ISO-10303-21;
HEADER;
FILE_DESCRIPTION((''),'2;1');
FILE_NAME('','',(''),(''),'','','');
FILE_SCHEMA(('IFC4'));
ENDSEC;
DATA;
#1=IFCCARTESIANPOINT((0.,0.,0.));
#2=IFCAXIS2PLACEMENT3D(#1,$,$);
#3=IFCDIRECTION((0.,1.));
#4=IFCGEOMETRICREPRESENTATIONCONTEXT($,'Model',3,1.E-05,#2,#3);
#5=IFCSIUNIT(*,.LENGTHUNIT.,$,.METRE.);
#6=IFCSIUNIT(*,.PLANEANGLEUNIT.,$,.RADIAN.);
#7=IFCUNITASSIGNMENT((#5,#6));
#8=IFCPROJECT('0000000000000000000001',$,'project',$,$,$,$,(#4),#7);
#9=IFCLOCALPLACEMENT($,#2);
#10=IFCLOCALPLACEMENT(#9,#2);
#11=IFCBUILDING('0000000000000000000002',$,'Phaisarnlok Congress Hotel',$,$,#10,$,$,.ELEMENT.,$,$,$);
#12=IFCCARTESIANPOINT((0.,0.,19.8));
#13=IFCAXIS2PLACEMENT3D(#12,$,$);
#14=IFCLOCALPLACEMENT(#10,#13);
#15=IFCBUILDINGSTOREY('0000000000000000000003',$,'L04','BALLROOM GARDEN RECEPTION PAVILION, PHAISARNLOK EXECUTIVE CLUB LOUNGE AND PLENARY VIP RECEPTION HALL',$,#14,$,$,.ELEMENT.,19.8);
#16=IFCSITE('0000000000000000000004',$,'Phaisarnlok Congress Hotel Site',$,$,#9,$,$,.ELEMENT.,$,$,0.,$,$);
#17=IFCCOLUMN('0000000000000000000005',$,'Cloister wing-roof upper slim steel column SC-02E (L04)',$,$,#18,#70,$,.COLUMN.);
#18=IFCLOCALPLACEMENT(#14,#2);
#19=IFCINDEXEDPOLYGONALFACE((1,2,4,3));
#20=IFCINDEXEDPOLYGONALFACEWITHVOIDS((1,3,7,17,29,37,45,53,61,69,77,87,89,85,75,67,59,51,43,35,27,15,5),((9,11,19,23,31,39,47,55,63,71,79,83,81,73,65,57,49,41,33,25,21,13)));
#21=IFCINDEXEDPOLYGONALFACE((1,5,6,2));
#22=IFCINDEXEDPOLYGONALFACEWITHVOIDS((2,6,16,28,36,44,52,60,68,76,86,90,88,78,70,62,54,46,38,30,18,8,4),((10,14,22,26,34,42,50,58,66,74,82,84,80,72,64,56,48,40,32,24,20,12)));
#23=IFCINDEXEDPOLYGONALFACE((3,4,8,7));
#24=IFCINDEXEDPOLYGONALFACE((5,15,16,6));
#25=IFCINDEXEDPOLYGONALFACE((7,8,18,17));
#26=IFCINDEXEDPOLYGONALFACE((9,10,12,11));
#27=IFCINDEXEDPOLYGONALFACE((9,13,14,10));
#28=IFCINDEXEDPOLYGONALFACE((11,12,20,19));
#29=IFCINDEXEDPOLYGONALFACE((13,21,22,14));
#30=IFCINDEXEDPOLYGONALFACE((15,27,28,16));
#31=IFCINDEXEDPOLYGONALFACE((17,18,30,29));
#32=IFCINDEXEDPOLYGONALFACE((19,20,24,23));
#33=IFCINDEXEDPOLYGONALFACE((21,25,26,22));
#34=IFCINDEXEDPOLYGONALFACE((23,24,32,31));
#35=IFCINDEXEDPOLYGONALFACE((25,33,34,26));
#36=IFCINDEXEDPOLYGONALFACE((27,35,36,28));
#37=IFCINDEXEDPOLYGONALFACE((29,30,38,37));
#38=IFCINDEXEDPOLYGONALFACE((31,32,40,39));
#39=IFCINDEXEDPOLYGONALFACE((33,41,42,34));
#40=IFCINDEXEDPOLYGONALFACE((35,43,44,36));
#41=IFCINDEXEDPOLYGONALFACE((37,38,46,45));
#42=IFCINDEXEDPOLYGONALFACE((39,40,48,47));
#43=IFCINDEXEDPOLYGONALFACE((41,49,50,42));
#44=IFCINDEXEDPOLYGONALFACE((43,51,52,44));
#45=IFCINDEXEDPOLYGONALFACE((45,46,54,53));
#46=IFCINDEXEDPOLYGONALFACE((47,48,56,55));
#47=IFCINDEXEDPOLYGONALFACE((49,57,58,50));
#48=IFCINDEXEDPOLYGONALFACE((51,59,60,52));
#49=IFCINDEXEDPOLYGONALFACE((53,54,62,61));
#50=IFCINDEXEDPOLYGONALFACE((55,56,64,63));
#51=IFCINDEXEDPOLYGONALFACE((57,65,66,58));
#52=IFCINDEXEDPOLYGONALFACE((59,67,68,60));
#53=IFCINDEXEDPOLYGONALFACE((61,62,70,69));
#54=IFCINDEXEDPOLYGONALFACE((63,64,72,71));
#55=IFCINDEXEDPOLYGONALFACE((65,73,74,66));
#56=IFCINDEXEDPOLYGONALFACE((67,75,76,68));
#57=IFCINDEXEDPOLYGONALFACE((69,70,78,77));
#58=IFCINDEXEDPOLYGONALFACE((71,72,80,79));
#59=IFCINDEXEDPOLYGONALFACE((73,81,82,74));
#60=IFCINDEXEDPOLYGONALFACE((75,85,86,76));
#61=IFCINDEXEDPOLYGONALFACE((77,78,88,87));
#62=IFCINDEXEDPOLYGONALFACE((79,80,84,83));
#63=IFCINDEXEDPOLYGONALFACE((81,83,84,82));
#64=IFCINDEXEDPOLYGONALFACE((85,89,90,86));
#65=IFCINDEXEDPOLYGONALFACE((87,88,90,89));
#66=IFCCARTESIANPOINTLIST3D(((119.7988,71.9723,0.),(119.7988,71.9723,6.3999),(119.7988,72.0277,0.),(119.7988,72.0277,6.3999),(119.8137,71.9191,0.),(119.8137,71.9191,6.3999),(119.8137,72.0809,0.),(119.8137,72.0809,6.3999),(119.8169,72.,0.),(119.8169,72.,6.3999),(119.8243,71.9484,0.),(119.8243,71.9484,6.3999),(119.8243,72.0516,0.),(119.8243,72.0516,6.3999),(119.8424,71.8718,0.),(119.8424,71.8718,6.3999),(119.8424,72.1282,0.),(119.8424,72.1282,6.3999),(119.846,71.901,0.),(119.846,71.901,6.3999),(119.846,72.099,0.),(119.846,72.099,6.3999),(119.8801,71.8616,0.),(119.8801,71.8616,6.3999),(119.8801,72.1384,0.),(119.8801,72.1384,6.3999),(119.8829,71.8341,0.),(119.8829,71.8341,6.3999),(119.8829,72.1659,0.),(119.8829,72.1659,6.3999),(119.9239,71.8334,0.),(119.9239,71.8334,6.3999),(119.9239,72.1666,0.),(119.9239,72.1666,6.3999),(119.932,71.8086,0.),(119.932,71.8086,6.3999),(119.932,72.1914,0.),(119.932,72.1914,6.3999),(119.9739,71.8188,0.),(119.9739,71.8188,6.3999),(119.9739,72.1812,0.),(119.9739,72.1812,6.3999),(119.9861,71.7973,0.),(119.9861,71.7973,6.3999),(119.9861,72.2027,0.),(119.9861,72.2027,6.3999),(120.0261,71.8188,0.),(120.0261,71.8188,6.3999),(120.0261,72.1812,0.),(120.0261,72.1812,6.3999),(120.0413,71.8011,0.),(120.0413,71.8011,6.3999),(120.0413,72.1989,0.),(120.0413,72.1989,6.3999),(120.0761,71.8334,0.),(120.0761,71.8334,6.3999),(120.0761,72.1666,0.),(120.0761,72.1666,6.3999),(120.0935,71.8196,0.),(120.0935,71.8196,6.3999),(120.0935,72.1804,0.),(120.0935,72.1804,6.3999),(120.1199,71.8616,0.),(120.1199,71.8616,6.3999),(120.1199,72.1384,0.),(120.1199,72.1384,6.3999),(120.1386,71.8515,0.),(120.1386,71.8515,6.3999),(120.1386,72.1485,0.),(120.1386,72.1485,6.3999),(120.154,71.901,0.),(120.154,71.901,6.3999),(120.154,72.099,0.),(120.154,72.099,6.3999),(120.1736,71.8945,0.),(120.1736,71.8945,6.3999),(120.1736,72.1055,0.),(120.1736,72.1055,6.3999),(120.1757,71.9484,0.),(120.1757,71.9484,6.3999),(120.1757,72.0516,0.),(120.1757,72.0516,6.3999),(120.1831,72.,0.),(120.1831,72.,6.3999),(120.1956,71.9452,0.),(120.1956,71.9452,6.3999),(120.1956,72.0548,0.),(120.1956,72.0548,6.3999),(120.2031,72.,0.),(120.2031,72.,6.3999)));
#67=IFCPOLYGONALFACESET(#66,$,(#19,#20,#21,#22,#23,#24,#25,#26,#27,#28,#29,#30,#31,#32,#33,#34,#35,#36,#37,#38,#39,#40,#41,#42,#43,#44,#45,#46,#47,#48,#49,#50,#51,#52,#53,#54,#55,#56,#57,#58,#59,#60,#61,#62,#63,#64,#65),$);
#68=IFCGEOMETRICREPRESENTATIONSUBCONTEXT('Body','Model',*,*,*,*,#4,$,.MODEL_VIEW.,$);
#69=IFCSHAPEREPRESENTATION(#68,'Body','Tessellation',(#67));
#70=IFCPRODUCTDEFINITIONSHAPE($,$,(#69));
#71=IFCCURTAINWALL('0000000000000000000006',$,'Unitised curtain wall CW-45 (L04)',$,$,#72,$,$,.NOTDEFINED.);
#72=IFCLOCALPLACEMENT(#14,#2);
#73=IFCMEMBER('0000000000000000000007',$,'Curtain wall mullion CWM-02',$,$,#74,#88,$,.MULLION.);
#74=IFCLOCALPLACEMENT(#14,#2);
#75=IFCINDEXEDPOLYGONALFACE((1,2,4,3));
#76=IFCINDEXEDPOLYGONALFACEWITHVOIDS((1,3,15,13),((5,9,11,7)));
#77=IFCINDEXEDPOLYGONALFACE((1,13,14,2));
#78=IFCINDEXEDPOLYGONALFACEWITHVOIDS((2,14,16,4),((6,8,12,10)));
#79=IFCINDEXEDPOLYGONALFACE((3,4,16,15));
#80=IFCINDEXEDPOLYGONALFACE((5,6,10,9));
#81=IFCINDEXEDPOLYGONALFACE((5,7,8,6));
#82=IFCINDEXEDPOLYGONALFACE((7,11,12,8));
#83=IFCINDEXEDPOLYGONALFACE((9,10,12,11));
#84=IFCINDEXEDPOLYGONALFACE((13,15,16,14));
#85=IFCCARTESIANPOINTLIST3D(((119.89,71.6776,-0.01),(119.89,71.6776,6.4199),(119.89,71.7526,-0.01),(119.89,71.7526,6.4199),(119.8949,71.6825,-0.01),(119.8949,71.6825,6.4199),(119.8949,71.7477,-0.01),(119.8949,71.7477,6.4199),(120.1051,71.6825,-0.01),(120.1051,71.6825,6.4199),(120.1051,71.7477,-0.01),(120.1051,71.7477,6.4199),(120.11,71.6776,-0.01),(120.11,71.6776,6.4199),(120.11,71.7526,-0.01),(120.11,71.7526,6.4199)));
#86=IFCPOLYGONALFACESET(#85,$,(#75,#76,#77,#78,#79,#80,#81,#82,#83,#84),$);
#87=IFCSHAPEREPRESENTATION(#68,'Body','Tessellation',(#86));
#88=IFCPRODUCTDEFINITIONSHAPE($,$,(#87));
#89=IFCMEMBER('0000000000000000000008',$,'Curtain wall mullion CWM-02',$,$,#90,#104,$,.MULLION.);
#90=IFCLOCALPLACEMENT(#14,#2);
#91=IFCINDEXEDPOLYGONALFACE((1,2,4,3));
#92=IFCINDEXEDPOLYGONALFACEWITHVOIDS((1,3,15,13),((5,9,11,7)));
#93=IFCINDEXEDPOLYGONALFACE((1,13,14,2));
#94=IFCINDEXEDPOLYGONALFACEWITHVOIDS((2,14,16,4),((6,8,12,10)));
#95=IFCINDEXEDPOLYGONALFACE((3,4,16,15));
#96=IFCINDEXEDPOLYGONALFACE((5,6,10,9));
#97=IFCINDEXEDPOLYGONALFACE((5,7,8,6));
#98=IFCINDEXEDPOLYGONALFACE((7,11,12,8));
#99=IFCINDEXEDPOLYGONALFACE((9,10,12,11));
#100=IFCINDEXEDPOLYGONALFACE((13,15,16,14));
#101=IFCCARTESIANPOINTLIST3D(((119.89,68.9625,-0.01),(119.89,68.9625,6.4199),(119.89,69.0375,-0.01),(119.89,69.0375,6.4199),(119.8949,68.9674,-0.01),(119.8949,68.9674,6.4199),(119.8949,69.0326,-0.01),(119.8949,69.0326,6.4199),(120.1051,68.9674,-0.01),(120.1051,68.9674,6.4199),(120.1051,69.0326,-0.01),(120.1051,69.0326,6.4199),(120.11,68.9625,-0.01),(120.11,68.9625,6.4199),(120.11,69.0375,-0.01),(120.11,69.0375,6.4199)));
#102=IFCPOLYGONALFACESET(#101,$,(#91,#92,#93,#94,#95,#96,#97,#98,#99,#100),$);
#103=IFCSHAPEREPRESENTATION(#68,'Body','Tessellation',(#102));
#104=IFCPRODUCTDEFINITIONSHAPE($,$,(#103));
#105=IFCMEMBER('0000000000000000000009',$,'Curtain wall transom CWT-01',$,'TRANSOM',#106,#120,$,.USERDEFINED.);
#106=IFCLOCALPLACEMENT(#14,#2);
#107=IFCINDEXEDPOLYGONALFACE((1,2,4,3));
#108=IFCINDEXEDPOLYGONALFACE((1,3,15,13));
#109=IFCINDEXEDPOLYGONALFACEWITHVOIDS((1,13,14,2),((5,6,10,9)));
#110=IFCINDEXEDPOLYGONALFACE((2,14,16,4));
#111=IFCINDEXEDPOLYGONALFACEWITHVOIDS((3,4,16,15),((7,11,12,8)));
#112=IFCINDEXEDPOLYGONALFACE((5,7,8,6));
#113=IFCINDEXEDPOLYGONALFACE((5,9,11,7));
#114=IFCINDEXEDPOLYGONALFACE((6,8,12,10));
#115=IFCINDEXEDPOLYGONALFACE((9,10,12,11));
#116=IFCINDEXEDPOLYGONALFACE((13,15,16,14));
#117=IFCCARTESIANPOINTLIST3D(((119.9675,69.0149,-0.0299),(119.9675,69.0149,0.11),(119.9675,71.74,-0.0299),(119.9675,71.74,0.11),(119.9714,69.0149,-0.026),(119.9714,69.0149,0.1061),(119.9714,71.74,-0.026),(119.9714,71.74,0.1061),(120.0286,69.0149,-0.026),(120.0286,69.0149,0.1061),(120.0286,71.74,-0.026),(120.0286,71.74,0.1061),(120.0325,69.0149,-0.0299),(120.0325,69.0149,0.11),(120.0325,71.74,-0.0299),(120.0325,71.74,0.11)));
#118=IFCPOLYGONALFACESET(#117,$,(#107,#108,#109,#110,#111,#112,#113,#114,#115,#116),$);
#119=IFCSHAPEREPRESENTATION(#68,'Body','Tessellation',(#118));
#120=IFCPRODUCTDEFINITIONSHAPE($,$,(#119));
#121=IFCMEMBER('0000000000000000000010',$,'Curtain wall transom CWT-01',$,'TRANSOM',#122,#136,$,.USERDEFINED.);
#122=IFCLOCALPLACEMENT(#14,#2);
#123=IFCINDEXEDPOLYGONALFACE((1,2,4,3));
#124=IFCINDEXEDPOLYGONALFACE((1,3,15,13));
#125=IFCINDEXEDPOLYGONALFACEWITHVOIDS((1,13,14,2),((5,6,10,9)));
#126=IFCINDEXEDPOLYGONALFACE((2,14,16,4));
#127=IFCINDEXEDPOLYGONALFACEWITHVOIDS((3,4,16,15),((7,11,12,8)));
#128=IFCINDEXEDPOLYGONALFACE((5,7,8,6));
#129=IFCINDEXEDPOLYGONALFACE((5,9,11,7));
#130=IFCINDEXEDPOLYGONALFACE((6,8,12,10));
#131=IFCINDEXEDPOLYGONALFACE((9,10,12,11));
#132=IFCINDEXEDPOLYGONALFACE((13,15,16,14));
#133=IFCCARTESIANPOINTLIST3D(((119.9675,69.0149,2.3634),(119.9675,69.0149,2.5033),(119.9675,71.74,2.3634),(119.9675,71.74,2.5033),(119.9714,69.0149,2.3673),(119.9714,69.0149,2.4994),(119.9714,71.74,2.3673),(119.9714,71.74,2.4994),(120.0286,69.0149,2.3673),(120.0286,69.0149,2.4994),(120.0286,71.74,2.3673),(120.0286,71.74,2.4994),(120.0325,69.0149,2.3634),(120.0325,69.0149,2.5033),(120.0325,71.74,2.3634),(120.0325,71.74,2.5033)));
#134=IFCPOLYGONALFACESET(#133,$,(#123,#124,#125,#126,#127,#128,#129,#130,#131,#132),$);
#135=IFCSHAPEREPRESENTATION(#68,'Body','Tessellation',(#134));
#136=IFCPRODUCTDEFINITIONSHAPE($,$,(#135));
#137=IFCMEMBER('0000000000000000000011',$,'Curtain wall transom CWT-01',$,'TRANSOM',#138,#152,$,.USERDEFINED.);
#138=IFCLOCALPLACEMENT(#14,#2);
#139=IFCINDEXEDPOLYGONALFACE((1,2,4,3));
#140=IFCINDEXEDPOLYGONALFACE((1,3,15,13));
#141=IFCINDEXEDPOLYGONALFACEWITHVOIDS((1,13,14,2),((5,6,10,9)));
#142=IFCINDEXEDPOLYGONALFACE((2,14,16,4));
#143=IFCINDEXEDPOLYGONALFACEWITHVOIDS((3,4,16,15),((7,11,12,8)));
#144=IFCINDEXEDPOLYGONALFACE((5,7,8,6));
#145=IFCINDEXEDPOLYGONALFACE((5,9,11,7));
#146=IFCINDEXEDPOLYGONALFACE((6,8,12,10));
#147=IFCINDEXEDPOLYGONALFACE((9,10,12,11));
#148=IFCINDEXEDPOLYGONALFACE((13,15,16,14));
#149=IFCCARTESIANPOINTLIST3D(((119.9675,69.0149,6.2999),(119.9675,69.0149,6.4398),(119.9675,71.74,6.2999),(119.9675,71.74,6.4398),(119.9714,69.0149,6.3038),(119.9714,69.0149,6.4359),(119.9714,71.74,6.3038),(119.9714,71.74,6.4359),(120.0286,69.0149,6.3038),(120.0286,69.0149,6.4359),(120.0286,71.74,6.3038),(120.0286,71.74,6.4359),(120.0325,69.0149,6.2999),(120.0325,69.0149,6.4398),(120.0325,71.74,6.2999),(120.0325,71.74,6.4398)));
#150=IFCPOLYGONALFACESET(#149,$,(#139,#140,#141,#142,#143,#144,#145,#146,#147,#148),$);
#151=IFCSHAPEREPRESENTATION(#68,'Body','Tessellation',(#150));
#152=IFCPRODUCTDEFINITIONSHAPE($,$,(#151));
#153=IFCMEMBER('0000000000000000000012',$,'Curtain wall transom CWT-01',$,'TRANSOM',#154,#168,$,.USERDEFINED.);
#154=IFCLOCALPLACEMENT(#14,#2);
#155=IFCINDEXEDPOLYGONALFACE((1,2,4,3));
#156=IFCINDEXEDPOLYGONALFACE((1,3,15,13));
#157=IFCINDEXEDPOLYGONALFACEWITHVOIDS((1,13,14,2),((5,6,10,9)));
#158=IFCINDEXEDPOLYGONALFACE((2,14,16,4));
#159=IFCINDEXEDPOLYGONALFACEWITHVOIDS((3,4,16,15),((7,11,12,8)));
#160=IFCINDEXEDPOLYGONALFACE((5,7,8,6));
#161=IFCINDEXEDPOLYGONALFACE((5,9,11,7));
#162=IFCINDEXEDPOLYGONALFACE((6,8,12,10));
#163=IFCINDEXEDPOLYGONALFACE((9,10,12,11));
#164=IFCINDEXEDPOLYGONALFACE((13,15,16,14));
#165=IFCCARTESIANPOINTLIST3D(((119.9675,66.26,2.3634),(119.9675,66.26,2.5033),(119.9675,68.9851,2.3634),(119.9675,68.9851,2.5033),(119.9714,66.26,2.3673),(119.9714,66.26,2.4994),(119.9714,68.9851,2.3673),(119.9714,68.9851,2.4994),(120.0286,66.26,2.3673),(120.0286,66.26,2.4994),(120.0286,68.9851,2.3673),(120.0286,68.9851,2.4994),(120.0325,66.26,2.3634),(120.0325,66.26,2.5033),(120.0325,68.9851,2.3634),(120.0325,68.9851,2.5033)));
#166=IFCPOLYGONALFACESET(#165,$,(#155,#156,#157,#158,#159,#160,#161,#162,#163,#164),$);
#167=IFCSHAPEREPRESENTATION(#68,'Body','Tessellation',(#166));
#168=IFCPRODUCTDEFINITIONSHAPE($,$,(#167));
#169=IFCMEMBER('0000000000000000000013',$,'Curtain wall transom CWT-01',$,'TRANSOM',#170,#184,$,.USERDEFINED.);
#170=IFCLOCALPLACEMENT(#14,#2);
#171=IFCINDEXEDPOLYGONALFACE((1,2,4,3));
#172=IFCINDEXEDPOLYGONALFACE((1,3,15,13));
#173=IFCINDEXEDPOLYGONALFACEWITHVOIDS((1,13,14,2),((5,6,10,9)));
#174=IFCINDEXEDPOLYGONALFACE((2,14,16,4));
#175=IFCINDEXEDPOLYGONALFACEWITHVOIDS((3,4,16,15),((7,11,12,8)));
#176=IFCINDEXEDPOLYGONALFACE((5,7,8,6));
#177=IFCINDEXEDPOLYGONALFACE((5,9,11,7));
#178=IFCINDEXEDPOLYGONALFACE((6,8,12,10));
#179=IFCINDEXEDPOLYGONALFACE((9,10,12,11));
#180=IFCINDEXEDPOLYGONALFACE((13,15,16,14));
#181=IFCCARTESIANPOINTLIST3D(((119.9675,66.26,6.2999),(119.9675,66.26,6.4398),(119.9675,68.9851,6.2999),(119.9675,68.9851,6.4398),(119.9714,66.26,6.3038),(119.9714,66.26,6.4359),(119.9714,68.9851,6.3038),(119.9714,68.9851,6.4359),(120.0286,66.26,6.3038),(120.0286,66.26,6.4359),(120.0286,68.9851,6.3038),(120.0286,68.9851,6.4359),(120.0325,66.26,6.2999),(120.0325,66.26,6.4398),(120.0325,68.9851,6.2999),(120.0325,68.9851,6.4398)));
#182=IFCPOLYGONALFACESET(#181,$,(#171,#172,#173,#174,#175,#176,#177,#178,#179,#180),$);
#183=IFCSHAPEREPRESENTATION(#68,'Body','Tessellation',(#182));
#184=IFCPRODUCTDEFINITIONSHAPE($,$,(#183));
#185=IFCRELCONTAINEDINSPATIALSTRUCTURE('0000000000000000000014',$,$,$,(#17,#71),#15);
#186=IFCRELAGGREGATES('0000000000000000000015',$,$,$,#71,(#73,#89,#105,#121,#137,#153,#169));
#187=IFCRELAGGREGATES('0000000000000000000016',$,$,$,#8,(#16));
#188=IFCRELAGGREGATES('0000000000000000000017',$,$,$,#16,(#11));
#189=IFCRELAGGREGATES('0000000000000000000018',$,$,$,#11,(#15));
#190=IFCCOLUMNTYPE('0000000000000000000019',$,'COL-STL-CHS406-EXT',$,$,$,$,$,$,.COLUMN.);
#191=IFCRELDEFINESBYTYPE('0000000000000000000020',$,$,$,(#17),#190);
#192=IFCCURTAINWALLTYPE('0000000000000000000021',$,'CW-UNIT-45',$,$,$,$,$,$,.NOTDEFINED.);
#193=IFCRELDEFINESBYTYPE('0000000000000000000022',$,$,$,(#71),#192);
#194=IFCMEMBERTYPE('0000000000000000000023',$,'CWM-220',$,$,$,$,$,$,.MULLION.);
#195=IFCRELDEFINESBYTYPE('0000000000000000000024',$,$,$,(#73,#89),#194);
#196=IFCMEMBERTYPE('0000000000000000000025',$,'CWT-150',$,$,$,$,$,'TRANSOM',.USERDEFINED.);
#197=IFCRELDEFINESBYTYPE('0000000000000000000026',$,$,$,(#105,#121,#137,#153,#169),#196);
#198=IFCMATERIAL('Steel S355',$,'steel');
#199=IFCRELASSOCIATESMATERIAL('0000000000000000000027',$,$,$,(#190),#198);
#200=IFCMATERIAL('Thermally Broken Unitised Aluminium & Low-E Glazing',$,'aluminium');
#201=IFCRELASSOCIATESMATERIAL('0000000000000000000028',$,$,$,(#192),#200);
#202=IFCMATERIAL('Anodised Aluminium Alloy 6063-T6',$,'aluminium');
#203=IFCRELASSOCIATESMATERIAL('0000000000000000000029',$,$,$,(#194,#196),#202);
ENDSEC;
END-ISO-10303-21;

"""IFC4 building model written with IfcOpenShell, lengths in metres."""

from ifc_helpers import new_model, si_unit, direction, frame, origin, origin_2d, place, context, subcontext, project, spatial, hollow_rectangle, hollow_circle, extrude, material, material_profile, profile_set, type_object, element, aggregate, save


model = new_model("IFC4")

# Units and contexts
model_context = context("Model", 3, precision=1e-05, world=origin(), true_north=direction((0.0, 1.0)))
body_context = subcontext(model_context, "Body", "Model", "MODEL_VIEW")
ifc_project = project(units=[si_unit("LENGTHUNIT", "METRE"), si_unit("PLANEANGLEUNIT", "RADIAN")], contexts=[model_context])

# Site, building, storey
site_placement = place(None, origin())
site = spatial("IfcSite", under=ifc_project, at=site_placement, Name="Phaisarnlok Congress Hotel Site", CompositionType="ELEMENT", RefElevation=0.0)
building_placement = place(site_placement, origin())
building = spatial("IfcBuilding", under=site, at=building_placement, Name="Phaisarnlok Congress Hotel", CompositionType="ELEMENT")
storey_placement = place(building_placement, frame((0.0, 0.0, 19.8)))
storey = spatial("IfcBuildingStorey", under=building, at=storey_placement, Name="L04", Description="BALLROOM GARDEN RECEPTION PAVILION, PHAISARNLOK EXECUTIVE CLUB LOUNGE AND PLENARY VIP RECEPTION HALL", CompositionType="ELEMENT", Elevation=19.8)

# Column
ifc_material_1 = material(Name="Steel S355", Category="steel")
ifc_material_profile_1 = material_profile(ifc_material_1, hollow_circle(Radius=0.2031, WallThickness=0.02, at=origin_2d()), Name="CHS 406.4x20")
ifc_profile_set_1 = profile_set([ifc_material_profile_1], Name="Steel S355")
column_type = type_object("IfcColumnType", Name="COL-STL-CHS406-EXT", PredefinedType="COLUMN", material=ifc_profile_set_1)
column_placement = place(storey_placement, frame((120.0, 72.0, 0.0), z_axis=(0.0, 0.0, 1.0), x_axis=(1.0, 0.0, 0.0)))
element("IfcColumn", 1, at=column_placement, inside=storey, type_object=column_type, Name="Cloister wing-roof upper slim steel column SC-02E (L04)", PredefinedType="COLUMN", context=body_context, shape_type="SweptSolid", body=[
    extrude(hollow_circle(Radius=0.2031, WallThickness=0.02, at=origin_2d()), origin(), (0.0, 0.0, 1.0), 6.3999),
])

# Curtain wall, members
ifc_material_2 = material(Name="Thermally Broken Unitised Aluminium & Low-E Glazing", Category="aluminium")
curtain_wall_type = type_object("IfcCurtainWallType", Name="CW-UNIT-45", PredefinedType="NOTDEFINED", material=ifc_material_2)
curtain_wall_placement = place(storey_placement, origin())
curtain_wall = element("IfcCurtainWall", 2, at=curtain_wall_placement, inside=storey, type_object=curtain_wall_type, Name="Unitised curtain wall CW-45 (L04)", PredefinedType="NOTDEFINED")
ifc_material_3 = material(Name="Anodised Aluminium Alloy 6063-T6", Category="aluminium")
ifc_material_profile_2 = material_profile(ifc_material_3, hollow_rectangle(XDim=0.075, YDim=0.22, WallThickness=0.0049, at=origin_2d()), Name="ALU-M 75x220x5")
ifc_profile_set_2 = profile_set([ifc_material_profile_2], Name="Anodised Aluminium Alloy 6063-T6")
member_type_1 = type_object("IfcMemberType", Name="CWM-220", PredefinedType="MULLION", material=ifc_profile_set_2)
member_1_placement = place(storey_placement, frame((120.0, 71.7151, -0.01), z_axis=(0.0, 0.0, 1.0), x_axis=(0.0, -1.0, 0.0)))
member_1 = element("IfcMember", 3, at=member_1_placement, type_object=member_type_1, Name="Curtain wall mullion CWM-02", PredefinedType="MULLION", context=body_context, shape_type="SweptSolid", body=[
    extrude(hollow_rectangle(XDim=0.075, YDim=0.22, WallThickness=0.0049, at=origin_2d()), origin(), (0.0, 0.0, 1.0), 6.4299),
])
member_2_placement = place(storey_placement, frame((120.0, 69.0, -0.01), z_axis=(0.0, 0.0, 1.0), x_axis=(0.0, -1.0, 0.0)))
member_2 = element("IfcMember", 4, at=member_2_placement, type_object=member_type_1, Name="Curtain wall mullion CWM-02", PredefinedType="MULLION", context=body_context, shape_type="SweptSolid", body=[
    extrude(hollow_rectangle(XDim=0.075, YDim=0.22, WallThickness=0.0049, at=origin_2d()), origin(), (0.0, 0.0, 1.0), 6.4299),
])
ifc_material_profile_3 = material_profile(ifc_material_3, hollow_rectangle(XDim=0.0649, YDim=0.1399, WallThickness=0.0039, at=origin_2d()), Name="ALU-T 65x140x4")
ifc_profile_set_3 = profile_set([ifc_material_profile_3], Name="Anodised Aluminium Alloy 6063-T6")
member_type_2 = type_object("IfcMemberType", Name="CWT-150", ElementType="TRANSOM", PredefinedType="USERDEFINED", material=ifc_profile_set_3)
member_3_placement = place(storey_placement, frame((120.0, 71.74, 0.04), z_axis=(0.0, -1.0, 0.0), x_axis=(1.0, 0.0, 0.0)))
member_3 = element("IfcMember", 5, at=member_3_placement, type_object=member_type_2, Name="Curtain wall transom CWT-01", ObjectType="TRANSOM", PredefinedType="USERDEFINED", context=body_context, shape_type="SweptSolid", body=[
    extrude(hollow_rectangle(XDim=0.0649, YDim=0.1399, WallThickness=0.0039, at=origin_2d()), origin(), (0.0, 0.0, 1.0), 2.7251),
])
member_4_placement = place(storey_placement, frame((120.0, 71.74, 2.4333), z_axis=(0.0, -1.0, 0.0), x_axis=(1.0, 0.0, 0.0)))
member_4 = element("IfcMember", 6, at=member_4_placement, type_object=member_type_2, Name="Curtain wall transom CWT-01", ObjectType="TRANSOM", PredefinedType="USERDEFINED", context=body_context, shape_type="SweptSolid", body=[
    extrude(hollow_rectangle(XDim=0.0649, YDim=0.1399, WallThickness=0.0039, at=origin_2d()), origin(), (0.0, 0.0, 1.0), 2.7251),
])
member_5_placement = place(storey_placement, frame((120.0, 71.74, 6.3699), z_axis=(0.0, -1.0, 0.0), x_axis=(1.0, 0.0, 0.0)))
member_5 = element("IfcMember", 7, at=member_5_placement, type_object=member_type_2, Name="Curtain wall transom CWT-01", ObjectType="TRANSOM", PredefinedType="USERDEFINED", context=body_context, shape_type="SweptSolid", body=[
    extrude(hollow_rectangle(XDim=0.0649, YDim=0.1399, WallThickness=0.0039, at=origin_2d()), origin(), (0.0, 0.0, 1.0), 2.7251),
])
member_6_placement = place(storey_placement, frame((120.0, 68.9851, 2.4333), z_axis=(0.0, -1.0, 0.0), x_axis=(1.0, 0.0, 0.0)))
member_6 = element("IfcMember", 8, at=member_6_placement, type_object=member_type_2, Name="Curtain wall transom CWT-01", ObjectType="TRANSOM", PredefinedType="USERDEFINED", context=body_context, shape_type="SweptSolid", body=[
    extrude(hollow_rectangle(XDim=0.0649, YDim=0.1399, WallThickness=0.0039, at=origin_2d()), origin(), (0.0, 0.0, 1.0), 2.7251),
])
member_7_placement = place(storey_placement, frame((120.0, 68.9851, 6.3699), z_axis=(0.0, -1.0, 0.0), x_axis=(1.0, 0.0, 0.0)))
member_7 = element("IfcMember", 9, at=member_7_placement, type_object=member_type_2, Name="Curtain wall transom CWT-01", ObjectType="TRANSOM", PredefinedType="USERDEFINED", context=body_context, shape_type="SweptSolid", body=[
    extrude(hollow_rectangle(XDim=0.0649, YDim=0.1399, WallThickness=0.0039, at=origin_2d()), origin(), (0.0, 0.0, 1.0), 2.7251),
])

aggregate(curtain_wall, [member_1, member_2, member_3, member_4, member_5, member_6, member_7])

save(model, "model.ifc")
